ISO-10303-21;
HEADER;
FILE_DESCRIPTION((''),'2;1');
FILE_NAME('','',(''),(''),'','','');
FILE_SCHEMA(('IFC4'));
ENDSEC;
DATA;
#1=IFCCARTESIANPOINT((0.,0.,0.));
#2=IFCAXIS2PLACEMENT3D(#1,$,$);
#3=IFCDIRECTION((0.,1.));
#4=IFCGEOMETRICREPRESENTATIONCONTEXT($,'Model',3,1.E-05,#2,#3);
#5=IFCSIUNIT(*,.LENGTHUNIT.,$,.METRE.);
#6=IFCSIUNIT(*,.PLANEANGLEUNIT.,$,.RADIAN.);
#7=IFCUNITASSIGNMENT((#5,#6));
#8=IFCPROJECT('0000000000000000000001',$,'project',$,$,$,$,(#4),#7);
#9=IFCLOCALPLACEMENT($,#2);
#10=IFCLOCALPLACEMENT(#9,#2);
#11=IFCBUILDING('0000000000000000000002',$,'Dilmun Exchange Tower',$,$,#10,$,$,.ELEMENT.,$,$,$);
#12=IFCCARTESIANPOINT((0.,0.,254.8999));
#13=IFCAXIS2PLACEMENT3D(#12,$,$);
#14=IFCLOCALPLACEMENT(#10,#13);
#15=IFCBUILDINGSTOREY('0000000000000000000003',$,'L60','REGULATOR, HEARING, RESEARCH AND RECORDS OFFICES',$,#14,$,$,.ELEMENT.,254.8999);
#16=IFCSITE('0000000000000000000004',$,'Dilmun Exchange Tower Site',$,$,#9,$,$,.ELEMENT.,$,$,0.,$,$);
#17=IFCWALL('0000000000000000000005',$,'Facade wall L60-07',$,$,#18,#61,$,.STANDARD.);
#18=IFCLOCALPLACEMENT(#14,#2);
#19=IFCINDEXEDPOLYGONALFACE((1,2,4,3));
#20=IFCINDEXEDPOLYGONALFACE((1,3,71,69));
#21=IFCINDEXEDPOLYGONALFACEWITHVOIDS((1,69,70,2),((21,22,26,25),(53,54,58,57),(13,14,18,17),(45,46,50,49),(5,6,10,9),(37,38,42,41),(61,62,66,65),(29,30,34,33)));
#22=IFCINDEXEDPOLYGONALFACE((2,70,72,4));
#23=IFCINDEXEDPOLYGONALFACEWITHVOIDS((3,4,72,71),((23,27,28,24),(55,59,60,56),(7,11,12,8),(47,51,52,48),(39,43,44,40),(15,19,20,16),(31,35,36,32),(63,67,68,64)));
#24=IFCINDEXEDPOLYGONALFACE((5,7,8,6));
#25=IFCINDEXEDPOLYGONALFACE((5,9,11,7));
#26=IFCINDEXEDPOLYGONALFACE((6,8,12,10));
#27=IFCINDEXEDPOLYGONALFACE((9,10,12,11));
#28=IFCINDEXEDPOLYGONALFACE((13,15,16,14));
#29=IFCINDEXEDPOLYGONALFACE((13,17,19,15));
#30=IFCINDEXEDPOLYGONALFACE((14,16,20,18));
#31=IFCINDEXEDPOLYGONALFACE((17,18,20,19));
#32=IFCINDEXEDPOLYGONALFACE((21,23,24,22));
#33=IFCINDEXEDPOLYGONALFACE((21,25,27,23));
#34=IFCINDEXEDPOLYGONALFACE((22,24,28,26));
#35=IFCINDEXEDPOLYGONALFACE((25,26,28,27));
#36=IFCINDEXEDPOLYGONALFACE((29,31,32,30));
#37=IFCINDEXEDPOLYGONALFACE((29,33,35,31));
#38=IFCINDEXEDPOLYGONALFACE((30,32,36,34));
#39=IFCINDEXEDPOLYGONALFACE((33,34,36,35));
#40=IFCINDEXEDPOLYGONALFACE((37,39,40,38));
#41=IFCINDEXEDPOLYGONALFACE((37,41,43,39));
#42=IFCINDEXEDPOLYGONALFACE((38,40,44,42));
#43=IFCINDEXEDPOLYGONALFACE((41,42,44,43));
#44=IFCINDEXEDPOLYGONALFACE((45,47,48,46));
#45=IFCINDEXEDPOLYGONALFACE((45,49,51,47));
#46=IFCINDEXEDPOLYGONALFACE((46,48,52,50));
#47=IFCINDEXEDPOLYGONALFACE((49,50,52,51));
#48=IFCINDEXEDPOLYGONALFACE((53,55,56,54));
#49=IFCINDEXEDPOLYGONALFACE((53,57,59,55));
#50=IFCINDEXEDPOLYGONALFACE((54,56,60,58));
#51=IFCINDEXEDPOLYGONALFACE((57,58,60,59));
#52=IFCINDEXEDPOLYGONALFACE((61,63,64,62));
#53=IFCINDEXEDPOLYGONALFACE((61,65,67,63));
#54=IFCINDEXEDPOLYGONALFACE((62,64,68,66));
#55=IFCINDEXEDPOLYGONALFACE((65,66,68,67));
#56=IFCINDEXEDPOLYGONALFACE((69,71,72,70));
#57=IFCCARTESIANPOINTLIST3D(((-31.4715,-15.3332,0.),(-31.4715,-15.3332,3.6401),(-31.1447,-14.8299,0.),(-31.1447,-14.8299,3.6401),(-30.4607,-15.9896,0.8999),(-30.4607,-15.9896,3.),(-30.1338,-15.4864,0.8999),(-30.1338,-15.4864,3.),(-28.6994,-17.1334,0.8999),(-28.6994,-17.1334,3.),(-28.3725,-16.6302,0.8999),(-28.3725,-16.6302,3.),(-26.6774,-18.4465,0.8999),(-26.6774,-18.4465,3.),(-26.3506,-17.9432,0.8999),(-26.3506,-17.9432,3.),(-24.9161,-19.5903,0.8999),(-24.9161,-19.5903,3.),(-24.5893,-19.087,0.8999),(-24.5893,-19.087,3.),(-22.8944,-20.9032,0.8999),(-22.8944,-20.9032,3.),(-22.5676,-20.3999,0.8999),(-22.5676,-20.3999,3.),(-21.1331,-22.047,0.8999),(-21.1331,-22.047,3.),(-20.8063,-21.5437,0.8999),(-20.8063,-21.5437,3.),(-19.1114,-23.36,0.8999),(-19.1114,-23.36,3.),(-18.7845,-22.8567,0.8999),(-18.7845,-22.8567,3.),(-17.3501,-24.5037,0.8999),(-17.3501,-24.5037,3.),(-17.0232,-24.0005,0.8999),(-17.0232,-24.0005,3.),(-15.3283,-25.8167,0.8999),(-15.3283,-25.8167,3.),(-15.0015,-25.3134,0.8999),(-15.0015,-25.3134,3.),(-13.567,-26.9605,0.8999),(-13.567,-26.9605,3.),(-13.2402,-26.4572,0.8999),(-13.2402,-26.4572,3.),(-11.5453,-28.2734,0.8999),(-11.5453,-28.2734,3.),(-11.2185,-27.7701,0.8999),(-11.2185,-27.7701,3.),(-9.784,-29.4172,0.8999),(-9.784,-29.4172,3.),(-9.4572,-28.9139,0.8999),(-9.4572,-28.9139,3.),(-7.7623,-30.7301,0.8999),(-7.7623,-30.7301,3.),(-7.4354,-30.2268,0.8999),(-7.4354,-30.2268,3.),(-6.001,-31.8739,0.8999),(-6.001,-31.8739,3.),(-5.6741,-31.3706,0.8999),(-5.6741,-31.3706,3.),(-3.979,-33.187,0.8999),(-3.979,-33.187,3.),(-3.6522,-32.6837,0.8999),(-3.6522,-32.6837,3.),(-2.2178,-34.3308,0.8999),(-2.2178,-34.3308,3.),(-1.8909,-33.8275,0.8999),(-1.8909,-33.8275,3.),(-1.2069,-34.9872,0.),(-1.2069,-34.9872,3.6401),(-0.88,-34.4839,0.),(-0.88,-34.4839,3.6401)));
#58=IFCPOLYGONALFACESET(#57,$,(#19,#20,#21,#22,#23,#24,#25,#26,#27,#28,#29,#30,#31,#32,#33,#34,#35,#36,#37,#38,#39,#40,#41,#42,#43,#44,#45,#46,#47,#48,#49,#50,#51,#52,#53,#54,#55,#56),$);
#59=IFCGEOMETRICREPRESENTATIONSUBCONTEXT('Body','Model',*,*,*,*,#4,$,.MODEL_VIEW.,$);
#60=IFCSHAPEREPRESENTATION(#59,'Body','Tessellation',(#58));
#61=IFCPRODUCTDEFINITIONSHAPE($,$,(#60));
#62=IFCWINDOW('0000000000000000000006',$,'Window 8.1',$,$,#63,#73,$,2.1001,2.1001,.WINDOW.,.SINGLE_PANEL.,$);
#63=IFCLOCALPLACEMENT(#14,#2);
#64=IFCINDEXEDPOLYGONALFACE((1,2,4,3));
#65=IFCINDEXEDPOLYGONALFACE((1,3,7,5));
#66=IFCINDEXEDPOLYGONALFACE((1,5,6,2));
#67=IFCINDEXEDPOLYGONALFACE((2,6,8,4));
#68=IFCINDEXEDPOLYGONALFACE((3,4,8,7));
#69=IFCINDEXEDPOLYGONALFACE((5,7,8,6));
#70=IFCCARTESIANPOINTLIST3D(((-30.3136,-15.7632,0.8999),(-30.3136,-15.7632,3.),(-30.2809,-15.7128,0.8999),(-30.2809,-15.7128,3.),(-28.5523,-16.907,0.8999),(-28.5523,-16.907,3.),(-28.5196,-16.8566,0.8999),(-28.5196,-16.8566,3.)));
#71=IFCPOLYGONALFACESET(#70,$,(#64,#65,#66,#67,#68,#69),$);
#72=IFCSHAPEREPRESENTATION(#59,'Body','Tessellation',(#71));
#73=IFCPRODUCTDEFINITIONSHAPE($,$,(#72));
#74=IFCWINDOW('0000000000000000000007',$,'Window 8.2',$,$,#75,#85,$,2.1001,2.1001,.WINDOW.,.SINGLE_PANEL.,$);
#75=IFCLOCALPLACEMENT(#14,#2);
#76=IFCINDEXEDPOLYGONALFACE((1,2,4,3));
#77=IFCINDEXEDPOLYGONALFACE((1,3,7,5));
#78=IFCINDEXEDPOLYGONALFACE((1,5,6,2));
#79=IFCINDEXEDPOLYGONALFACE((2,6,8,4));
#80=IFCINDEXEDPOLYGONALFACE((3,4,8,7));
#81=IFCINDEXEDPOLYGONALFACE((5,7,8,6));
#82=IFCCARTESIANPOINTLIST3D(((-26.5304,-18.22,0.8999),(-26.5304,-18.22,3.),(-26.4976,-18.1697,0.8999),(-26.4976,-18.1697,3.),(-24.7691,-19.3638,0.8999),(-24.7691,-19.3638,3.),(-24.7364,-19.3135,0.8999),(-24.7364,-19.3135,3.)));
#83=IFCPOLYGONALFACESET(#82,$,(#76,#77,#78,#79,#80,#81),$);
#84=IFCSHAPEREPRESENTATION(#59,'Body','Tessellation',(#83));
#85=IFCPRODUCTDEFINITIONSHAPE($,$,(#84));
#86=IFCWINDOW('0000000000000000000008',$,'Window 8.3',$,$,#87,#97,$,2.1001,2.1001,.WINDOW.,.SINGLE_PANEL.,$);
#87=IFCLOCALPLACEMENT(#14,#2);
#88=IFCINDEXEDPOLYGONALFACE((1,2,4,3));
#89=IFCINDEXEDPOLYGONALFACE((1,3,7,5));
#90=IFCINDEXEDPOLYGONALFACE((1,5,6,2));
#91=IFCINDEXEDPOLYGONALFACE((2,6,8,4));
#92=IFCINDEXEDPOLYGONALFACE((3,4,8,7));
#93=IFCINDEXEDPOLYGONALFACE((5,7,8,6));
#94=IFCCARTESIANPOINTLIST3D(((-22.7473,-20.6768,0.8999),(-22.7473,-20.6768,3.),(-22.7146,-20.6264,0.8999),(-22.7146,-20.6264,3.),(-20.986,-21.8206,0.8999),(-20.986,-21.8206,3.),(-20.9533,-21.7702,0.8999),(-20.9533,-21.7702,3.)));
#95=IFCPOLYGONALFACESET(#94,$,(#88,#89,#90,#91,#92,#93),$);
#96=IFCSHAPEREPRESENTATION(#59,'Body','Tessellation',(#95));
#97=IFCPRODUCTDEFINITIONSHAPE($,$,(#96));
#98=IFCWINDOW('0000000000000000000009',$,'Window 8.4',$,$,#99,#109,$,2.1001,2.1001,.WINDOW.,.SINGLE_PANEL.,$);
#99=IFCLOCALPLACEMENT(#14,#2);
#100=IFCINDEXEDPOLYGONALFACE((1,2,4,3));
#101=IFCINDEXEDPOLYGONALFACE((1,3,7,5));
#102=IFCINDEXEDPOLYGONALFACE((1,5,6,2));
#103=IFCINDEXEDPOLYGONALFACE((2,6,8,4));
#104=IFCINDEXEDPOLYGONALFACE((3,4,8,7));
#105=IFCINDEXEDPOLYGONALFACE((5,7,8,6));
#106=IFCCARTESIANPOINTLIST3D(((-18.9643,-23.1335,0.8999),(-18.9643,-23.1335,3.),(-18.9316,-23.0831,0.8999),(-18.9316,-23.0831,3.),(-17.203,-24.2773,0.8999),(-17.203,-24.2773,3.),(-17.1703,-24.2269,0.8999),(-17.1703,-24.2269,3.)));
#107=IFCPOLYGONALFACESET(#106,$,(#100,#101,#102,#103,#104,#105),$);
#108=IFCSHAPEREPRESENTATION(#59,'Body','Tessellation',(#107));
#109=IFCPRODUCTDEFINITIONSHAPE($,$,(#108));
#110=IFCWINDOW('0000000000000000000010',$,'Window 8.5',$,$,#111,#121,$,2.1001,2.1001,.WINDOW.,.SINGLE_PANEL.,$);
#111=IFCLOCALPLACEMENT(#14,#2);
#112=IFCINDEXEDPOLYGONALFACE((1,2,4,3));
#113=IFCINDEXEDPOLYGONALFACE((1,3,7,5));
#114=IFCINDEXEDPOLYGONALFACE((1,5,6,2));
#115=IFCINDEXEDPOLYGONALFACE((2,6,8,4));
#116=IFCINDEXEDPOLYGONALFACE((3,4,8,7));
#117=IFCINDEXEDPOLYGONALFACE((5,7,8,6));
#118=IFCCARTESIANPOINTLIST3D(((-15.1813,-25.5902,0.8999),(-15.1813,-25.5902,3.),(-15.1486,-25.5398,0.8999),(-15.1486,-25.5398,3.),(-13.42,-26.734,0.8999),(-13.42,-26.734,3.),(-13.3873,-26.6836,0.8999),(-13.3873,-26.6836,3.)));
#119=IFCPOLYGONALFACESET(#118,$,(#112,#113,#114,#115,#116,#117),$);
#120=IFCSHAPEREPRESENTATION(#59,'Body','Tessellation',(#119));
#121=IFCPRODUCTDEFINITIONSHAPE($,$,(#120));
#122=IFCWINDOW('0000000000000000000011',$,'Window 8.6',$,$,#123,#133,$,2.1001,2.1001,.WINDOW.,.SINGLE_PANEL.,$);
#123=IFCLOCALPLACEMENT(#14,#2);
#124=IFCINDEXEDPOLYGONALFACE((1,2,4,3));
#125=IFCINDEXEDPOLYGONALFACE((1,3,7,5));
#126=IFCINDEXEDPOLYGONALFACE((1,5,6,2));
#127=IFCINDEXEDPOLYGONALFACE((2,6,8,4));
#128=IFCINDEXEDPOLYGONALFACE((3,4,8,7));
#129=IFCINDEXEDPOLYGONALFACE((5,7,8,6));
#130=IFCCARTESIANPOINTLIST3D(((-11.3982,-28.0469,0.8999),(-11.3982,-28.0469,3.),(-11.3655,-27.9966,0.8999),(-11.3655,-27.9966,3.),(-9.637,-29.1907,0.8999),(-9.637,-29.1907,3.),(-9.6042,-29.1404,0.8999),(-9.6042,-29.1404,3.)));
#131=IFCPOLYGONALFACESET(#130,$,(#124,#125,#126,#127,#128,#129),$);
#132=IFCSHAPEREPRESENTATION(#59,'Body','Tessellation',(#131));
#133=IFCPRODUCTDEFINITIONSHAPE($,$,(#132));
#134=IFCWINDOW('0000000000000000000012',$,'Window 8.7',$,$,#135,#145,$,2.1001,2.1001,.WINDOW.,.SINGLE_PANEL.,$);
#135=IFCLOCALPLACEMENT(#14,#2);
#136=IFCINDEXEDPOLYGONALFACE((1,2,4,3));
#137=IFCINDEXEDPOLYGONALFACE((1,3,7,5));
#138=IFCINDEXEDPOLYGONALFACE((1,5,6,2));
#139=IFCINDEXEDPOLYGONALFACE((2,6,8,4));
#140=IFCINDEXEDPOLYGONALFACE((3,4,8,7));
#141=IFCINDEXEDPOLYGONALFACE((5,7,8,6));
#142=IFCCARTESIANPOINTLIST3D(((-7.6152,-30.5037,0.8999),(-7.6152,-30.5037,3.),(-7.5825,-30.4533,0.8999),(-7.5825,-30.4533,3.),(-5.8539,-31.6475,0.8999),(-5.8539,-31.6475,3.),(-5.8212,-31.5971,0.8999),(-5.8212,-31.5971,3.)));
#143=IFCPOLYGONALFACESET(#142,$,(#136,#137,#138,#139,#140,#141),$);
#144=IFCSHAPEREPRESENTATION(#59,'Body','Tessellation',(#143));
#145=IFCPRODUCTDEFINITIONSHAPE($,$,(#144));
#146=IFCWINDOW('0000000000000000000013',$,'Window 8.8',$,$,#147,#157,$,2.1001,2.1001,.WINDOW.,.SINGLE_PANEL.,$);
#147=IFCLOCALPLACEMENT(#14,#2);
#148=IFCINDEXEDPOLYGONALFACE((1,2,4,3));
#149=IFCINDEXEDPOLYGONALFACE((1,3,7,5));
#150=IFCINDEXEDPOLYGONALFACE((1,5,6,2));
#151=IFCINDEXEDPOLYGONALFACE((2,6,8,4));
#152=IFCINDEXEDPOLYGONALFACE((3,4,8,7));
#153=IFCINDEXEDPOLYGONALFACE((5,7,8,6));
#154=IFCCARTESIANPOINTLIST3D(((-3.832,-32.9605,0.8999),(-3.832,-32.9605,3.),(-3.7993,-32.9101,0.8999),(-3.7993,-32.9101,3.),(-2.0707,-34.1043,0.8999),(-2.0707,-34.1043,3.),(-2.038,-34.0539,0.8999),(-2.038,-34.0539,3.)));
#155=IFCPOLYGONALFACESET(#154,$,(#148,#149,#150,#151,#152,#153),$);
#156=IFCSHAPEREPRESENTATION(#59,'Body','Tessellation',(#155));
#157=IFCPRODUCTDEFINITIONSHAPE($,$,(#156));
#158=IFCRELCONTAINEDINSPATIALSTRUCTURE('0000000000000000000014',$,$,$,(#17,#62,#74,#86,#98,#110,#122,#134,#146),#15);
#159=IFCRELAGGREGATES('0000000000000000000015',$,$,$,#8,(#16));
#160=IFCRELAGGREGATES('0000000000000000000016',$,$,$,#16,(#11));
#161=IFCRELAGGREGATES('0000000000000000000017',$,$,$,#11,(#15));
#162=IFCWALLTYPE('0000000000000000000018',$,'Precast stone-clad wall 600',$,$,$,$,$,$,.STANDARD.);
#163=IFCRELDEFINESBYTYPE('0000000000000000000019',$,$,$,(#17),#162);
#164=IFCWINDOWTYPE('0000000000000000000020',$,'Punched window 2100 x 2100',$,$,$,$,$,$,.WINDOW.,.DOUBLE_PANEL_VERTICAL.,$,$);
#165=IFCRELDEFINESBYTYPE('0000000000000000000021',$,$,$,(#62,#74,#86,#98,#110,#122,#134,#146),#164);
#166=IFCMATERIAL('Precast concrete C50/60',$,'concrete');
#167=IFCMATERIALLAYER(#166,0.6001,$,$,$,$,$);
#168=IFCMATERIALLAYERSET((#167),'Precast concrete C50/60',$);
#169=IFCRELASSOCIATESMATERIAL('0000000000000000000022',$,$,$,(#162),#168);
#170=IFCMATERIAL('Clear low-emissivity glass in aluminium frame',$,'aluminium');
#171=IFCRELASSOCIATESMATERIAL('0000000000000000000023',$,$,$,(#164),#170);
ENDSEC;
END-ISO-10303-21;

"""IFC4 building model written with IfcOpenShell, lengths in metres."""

from ifc_helpers import new_model, si_unit, direction, frame, frame_2d, origin, place, context, subcontext, project, spatial, rectangle, extrude, material, layer, layer_set, type_object, element, fill, save


model = new_model("IFC4")

# Units and contexts
model_context = context("Model", 3, precision=1e-05, world=origin(), true_north=direction((0.0, 1.0)))
body_context = subcontext(model_context, "Body", "Model", "MODEL_VIEW")
ifc_project = project(units=[si_unit("LENGTHUNIT", "METRE"), si_unit("PLANEANGLEUNIT", "RADIAN")], contexts=[model_context])

# Site, building, storey
site_placement = place(None, origin())
site = spatial("IfcSite", under=ifc_project, at=site_placement, Name="Dilmun Exchange Tower Site", CompositionType="ELEMENT", RefElevation=0.0)
building_placement = place(site_placement, origin())
building = spatial("IfcBuilding", under=site, at=building_placement, Name="Dilmun Exchange Tower", CompositionType="ELEMENT")
storey_placement = place(building_placement, frame((0.0, 0.0, 254.8999)))
storey = spatial("IfcBuildingStorey", under=building, at=storey_placement, Name="L60", Description="REGULATOR, HEARING, RESEARCH AND RECORDS OFFICES", CompositionType="ELEMENT", Elevation=254.8999)

# Shared definitions
ifc_material_1 = material(Name="Precast concrete C50/60", Category="concrete")
ifc_layer_1 = layer(ifc_material_1, 0.6001)
ifc_layer_set_1 = layer_set([ifc_layer_1], Name="Precast concrete C50/60")
wall_type_1 = type_object("IfcWallType", Name="Precast stone-clad wall 600", PredefinedType="STANDARD", material=ifc_layer_set_1)
ifc_material_2 = material(Name="Clear low-emissivity glass in aluminium frame", Category="aluminium")

# Wall, openings, windows
wall_1_placement = place(storey_placement, frame((-31.3081, -15.0815, 0.0), z_axis=(0.0, 0.0, 1.0), x_axis=(0.838671, -0.544638, 0.0)))
wall_1 = element("IfcWall", 1, at=wall_1_placement, inside=storey, type_object=wall_type_1, Name="Facade wall L60-07", PredefinedType="STANDARD", context=body_context, shape_type="SweptSolid", body=[
    extrude(rectangle(XDim=36.0864, YDim=0.6001, at=frame_2d((18.0432, 0.0))), origin(), (0.0, 0.0, 1.0), 3.6401),
])
opening_1_placement = place(wall_1_placement, frame((1.2053, 0.0, 0.8999)))
opening_1 = element("IfcOpeningElement", 2, at=opening_1_placement, cuts=wall_1, PredefinedType="OPENING", context=body_context, shape_type="SweptSolid", body=[
    extrude(rectangle(XDim=2.1001, YDim=2.1001, at=frame_2d((1.05, 1.05))), frame((0.0, 0.3101, 0.0), z_axis=(0.0, -1.0, 0.0), x_axis=(1.0, 0.0, 0.0)), (0.0, 0.0, 1.0), 0.6201),
])
opening_2_placement = place(wall_1_placement, frame((5.7163, 0.0, 0.8999)))
opening_2 = element("IfcOpeningElement", 3, at=opening_2_placement, cuts=wall_1, PredefinedType="OPENING", context=body_context, shape_type="SweptSolid", body=[
    extrude(rectangle(XDim=2.1001, YDim=2.1001, at=frame_2d((1.05, 1.05))), frame((0.0, 0.3101, 0.0), z_axis=(0.0, -1.0, 0.0), x_axis=(1.0, 0.0, 0.0)), (0.0, 0.0, 1.0), 0.6201),
])
opening_3_placement = place(wall_1_placement, frame((10.2271, 0.0, 0.8999)))
opening_3 = element("IfcOpeningElement", 4, at=opening_3_placement, cuts=wall_1, PredefinedType="OPENING", context=body_context, shape_type="SweptSolid", body=[
    extrude(rectangle(XDim=2.1001, YDim=2.1001, at=frame_2d((1.05, 1.05))), frame((0.0, 0.3101, 0.0), z_axis=(0.0, -1.0, 0.0), x_axis=(1.0, 0.0, 0.0)), (0.0, 0.0, 1.0), 0.6201),
])
opening_4_placement = place(wall_1_placement, frame((14.7378, 0.0, 0.8999)))
opening_4 = element("IfcOpeningElement", 5, at=opening_4_placement, cuts=wall_1, PredefinedType="OPENING", context=body_context, shape_type="SweptSolid", body=[
    extrude(rectangle(XDim=2.1001, YDim=2.1001, at=frame_2d((1.05, 1.05))), frame((0.0, 0.3101, 0.0), z_axis=(0.0, -1.0, 0.0), x_axis=(1.0, 0.0, 0.0)), (0.0, 0.0, 1.0), 0.6201),
])
opening_5_placement = place(wall_1_placement, frame((19.2485, 0.0, 0.8999)))
opening_5 = element("IfcOpeningElement", 6, at=opening_5_placement, cuts=wall_1, PredefinedType="OPENING", context=body_context, shape_type="SweptSolid", body=[
    extrude(rectangle(XDim=2.1001, YDim=2.1001, at=frame_2d((1.05, 1.05))), frame((0.0, 0.3101, 0.0), z_axis=(0.0, -1.0, 0.0), x_axis=(1.0, 0.0, 0.0)), (0.0, 0.0, 1.0), 0.6201),
])
opening_6_placement = place(wall_1_placement, frame((23.7593, 0.0, 0.8999)))
opening_6 = element("IfcOpeningElement", 7, at=opening_6_placement, cuts=wall_1, PredefinedType="OPENING", context=body_context, shape_type="SweptSolid", body=[
    extrude(rectangle(XDim=2.1001, YDim=2.1001, at=frame_2d((1.05, 1.05))), frame((0.0, 0.3101, 0.0), z_axis=(0.0, -1.0, 0.0), x_axis=(1.0, 0.0, 0.0)), (0.0, 0.0, 1.0), 0.6201),
])
opening_7_placement = place(wall_1_placement, frame((28.27, 0.0, 0.8999)))
opening_7 = element("IfcOpeningElement", 8, at=opening_7_placement, cuts=wall_1, PredefinedType="OPENING", context=body_context, shape_type="SweptSolid", body=[
    extrude(rectangle(XDim=2.1001, YDim=2.1001, at=frame_2d((1.05, 1.05))), frame((0.0, 0.3101, 0.0), z_axis=(0.0, -1.0, 0.0), x_axis=(1.0, 0.0, 0.0)), (0.0, 0.0, 1.0), 0.6201),
])
opening_8_placement = place(wall_1_placement, frame((32.781, 0.0, 0.8999)))
opening_8 = element("IfcOpeningElement", 9, at=opening_8_placement, cuts=wall_1, PredefinedType="OPENING", context=body_context, shape_type="SweptSolid", body=[
    extrude(rectangle(XDim=2.1001, YDim=2.1001, at=frame_2d((1.05, 1.05))), frame((0.0, 0.3101, 0.0), z_axis=(0.0, -1.0, 0.0), x_axis=(1.0, 0.0, 0.0)), (0.0, 0.0, 1.0), 0.6201),
])
window_type_1 = type_object("IfcWindowType", Name="Punched window 2100 x 2100", PartitioningType="DOUBLE_PANEL_VERTICAL", PredefinedType="WINDOW", material=ifc_material_2)
window_1_placement = place(opening_1_placement, origin())
window_1 = element("IfcWindow", 10, at=window_1_placement, inside=storey, type_object=window_type_1, Name="Window 8.1", OverallHeight=2.1001, OverallWidth=2.1001, PartitioningType="SINGLE_PANEL", PredefinedType="WINDOW", context=body_context, shape_type="SweptSolid", body=[
    extrude(rectangle(XDim=2.1001, YDim=2.1001, at=frame_2d((1.05, 1.05))), frame((0.0, 0.03, 0.0), z_axis=(0.0, -1.0, 0.0), x_axis=(1.0, 0.0, 0.0)), (0.0, 0.0, 1.0), 0.0601),
])
fill(opening_1, window_1)
window_2_placement = place(opening_2_placement, origin())
window_2 = element("IfcWindow", 11, at=window_2_placement, inside=storey, type_object=window_type_1, Name="Window 8.2", OverallHeight=2.1001, OverallWidth=2.1001, PartitioningType="SINGLE_PANEL", PredefinedType="WINDOW", context=body_context, shape_type="SweptSolid", body=[
    extrude(rectangle(XDim=2.1001, YDim=2.1001, at=frame_2d((1.05, 1.05))), frame((0.0, 0.03, 0.0), z_axis=(0.0, -1.0, 0.0), x_axis=(1.0, 0.0, 0.0)), (0.0, 0.0, 1.0), 0.0601),
])
fill(opening_2, window_2)
window_3_placement = place(opening_3_placement, origin())
window_3 = element("IfcWindow", 12, at=window_3_placement, inside=storey, type_object=window_type_1, Name="Window 8.3", OverallHeight=2.1001, OverallWidth=2.1001, PartitioningType="SINGLE_PANEL", PredefinedType="WINDOW", context=body_context, shape_type="SweptSolid", body=[
    extrude(rectangle(XDim=2.1001, YDim=2.1001, at=frame_2d((1.05, 1.05))), frame((0.0, 0.03, 0.0), z_axis=(0.0, -1.0, 0.0), x_axis=(1.0, 0.0, 0.0)), (0.0, 0.0, 1.0), 0.0601),
])
fill(opening_3, window_3)
window_4_placement = place(opening_4_placement, origin())
window_4 = element("IfcWindow", 13, at=window_4_placement, inside=storey, type_object=window_type_1, Name="Window 8.4", OverallHeight=2.1001, OverallWidth=2.1001, PartitioningType="SINGLE_PANEL", PredefinedType="WINDOW", context=body_context, shape_type="SweptSolid", body=[
    extrude(rectangle(XDim=2.1001, YDim=2.1001, at=frame_2d((1.05, 1.05))), frame((0.0, 0.03, 0.0), z_axis=(0.0, -1.0, 0.0), x_axis=(1.0, 0.0, 0.0)), (0.0, 0.0, 1.0), 0.0601),
])
fill(opening_4, window_4)
window_5_placement = place(opening_5_placement, origin())
window_5 = element("IfcWindow", 14, at=window_5_placement, inside=storey, type_object=window_type_1, Name="Window 8.5", OverallHeight=2.1001, OverallWidth=2.1001, PartitioningType="SINGLE_PANEL", PredefinedType="WINDOW", context=body_context, shape_type="SweptSolid", body=[
    extrude(rectangle(XDim=2.1001, YDim=2.1001, at=frame_2d((1.05, 1.05))), frame((0.0, 0.03, 0.0), z_axis=(0.0, -1.0, 0.0), x_axis=(1.0, 0.0, 0.0)), (0.0, 0.0, 1.0), 0.0601),
])
fill(opening_5, window_5)
window_6_placement = place(opening_6_placement, origin())
window_6 = element("IfcWindow", 15, at=window_6_placement, inside=storey, type_object=window_type_1, Name="Window 8.6", OverallHeight=2.1001, OverallWidth=2.1001, PartitioningType="SINGLE_PANEL", PredefinedType="WINDOW", context=body_context, shape_type="SweptSolid", body=[
    extrude(rectangle(XDim=2.1001, YDim=2.1001, at=frame_2d((1.05, 1.05))), frame((0.0, 0.03, 0.0), z_axis=(0.0, -1.0, 0.0), x_axis=(1.0, 0.0, 0.0)), (0.0, 0.0, 1.0), 0.0601),
])
fill(opening_6, window_6)
window_7_placement = place(opening_7_placement, origin())
window_7 = element("IfcWindow", 16, at=window_7_placement, inside=storey, type_object=window_type_1, Name="Window 8.7", OverallHeight=2.1001, OverallWidth=2.1001, PartitioningType="SINGLE_PANEL", PredefinedType="WINDOW", context=body_context, shape_type="SweptSolid", body=[
    extrude(rectangle(XDim=2.1001, YDim=2.1001, at=frame_2d((1.05, 1.05))), frame((0.0, 0.03, 0.0), z_axis=(0.0, -1.0, 0.0), x_axis=(1.0, 0.0, 0.0)), (0.0, 0.0, 1.0), 0.0601),
])
fill(opening_7, window_7)
window_8_placement = place(opening_8_placement, origin())
window_8 = element("IfcWindow", 17, at=window_8_placement, inside=storey, type_object=window_type_1, Name="Window 8.8", OverallHeight=2.1001, OverallWidth=2.1001, PartitioningType="SINGLE_PANEL", PredefinedType="WINDOW", context=body_context, shape_type="SweptSolid", body=[
    extrude(rectangle(XDim=2.1001, YDim=2.1001, at=frame_2d((1.05, 1.05))), frame((0.0, 0.03, 0.0), z_axis=(0.0, -1.0, 0.0), x_axis=(1.0, 0.0, 0.0)), (0.0, 0.0, 1.0), 0.0601),
])
fill(opening_8, window_8)

save(model, "model.ifc")
